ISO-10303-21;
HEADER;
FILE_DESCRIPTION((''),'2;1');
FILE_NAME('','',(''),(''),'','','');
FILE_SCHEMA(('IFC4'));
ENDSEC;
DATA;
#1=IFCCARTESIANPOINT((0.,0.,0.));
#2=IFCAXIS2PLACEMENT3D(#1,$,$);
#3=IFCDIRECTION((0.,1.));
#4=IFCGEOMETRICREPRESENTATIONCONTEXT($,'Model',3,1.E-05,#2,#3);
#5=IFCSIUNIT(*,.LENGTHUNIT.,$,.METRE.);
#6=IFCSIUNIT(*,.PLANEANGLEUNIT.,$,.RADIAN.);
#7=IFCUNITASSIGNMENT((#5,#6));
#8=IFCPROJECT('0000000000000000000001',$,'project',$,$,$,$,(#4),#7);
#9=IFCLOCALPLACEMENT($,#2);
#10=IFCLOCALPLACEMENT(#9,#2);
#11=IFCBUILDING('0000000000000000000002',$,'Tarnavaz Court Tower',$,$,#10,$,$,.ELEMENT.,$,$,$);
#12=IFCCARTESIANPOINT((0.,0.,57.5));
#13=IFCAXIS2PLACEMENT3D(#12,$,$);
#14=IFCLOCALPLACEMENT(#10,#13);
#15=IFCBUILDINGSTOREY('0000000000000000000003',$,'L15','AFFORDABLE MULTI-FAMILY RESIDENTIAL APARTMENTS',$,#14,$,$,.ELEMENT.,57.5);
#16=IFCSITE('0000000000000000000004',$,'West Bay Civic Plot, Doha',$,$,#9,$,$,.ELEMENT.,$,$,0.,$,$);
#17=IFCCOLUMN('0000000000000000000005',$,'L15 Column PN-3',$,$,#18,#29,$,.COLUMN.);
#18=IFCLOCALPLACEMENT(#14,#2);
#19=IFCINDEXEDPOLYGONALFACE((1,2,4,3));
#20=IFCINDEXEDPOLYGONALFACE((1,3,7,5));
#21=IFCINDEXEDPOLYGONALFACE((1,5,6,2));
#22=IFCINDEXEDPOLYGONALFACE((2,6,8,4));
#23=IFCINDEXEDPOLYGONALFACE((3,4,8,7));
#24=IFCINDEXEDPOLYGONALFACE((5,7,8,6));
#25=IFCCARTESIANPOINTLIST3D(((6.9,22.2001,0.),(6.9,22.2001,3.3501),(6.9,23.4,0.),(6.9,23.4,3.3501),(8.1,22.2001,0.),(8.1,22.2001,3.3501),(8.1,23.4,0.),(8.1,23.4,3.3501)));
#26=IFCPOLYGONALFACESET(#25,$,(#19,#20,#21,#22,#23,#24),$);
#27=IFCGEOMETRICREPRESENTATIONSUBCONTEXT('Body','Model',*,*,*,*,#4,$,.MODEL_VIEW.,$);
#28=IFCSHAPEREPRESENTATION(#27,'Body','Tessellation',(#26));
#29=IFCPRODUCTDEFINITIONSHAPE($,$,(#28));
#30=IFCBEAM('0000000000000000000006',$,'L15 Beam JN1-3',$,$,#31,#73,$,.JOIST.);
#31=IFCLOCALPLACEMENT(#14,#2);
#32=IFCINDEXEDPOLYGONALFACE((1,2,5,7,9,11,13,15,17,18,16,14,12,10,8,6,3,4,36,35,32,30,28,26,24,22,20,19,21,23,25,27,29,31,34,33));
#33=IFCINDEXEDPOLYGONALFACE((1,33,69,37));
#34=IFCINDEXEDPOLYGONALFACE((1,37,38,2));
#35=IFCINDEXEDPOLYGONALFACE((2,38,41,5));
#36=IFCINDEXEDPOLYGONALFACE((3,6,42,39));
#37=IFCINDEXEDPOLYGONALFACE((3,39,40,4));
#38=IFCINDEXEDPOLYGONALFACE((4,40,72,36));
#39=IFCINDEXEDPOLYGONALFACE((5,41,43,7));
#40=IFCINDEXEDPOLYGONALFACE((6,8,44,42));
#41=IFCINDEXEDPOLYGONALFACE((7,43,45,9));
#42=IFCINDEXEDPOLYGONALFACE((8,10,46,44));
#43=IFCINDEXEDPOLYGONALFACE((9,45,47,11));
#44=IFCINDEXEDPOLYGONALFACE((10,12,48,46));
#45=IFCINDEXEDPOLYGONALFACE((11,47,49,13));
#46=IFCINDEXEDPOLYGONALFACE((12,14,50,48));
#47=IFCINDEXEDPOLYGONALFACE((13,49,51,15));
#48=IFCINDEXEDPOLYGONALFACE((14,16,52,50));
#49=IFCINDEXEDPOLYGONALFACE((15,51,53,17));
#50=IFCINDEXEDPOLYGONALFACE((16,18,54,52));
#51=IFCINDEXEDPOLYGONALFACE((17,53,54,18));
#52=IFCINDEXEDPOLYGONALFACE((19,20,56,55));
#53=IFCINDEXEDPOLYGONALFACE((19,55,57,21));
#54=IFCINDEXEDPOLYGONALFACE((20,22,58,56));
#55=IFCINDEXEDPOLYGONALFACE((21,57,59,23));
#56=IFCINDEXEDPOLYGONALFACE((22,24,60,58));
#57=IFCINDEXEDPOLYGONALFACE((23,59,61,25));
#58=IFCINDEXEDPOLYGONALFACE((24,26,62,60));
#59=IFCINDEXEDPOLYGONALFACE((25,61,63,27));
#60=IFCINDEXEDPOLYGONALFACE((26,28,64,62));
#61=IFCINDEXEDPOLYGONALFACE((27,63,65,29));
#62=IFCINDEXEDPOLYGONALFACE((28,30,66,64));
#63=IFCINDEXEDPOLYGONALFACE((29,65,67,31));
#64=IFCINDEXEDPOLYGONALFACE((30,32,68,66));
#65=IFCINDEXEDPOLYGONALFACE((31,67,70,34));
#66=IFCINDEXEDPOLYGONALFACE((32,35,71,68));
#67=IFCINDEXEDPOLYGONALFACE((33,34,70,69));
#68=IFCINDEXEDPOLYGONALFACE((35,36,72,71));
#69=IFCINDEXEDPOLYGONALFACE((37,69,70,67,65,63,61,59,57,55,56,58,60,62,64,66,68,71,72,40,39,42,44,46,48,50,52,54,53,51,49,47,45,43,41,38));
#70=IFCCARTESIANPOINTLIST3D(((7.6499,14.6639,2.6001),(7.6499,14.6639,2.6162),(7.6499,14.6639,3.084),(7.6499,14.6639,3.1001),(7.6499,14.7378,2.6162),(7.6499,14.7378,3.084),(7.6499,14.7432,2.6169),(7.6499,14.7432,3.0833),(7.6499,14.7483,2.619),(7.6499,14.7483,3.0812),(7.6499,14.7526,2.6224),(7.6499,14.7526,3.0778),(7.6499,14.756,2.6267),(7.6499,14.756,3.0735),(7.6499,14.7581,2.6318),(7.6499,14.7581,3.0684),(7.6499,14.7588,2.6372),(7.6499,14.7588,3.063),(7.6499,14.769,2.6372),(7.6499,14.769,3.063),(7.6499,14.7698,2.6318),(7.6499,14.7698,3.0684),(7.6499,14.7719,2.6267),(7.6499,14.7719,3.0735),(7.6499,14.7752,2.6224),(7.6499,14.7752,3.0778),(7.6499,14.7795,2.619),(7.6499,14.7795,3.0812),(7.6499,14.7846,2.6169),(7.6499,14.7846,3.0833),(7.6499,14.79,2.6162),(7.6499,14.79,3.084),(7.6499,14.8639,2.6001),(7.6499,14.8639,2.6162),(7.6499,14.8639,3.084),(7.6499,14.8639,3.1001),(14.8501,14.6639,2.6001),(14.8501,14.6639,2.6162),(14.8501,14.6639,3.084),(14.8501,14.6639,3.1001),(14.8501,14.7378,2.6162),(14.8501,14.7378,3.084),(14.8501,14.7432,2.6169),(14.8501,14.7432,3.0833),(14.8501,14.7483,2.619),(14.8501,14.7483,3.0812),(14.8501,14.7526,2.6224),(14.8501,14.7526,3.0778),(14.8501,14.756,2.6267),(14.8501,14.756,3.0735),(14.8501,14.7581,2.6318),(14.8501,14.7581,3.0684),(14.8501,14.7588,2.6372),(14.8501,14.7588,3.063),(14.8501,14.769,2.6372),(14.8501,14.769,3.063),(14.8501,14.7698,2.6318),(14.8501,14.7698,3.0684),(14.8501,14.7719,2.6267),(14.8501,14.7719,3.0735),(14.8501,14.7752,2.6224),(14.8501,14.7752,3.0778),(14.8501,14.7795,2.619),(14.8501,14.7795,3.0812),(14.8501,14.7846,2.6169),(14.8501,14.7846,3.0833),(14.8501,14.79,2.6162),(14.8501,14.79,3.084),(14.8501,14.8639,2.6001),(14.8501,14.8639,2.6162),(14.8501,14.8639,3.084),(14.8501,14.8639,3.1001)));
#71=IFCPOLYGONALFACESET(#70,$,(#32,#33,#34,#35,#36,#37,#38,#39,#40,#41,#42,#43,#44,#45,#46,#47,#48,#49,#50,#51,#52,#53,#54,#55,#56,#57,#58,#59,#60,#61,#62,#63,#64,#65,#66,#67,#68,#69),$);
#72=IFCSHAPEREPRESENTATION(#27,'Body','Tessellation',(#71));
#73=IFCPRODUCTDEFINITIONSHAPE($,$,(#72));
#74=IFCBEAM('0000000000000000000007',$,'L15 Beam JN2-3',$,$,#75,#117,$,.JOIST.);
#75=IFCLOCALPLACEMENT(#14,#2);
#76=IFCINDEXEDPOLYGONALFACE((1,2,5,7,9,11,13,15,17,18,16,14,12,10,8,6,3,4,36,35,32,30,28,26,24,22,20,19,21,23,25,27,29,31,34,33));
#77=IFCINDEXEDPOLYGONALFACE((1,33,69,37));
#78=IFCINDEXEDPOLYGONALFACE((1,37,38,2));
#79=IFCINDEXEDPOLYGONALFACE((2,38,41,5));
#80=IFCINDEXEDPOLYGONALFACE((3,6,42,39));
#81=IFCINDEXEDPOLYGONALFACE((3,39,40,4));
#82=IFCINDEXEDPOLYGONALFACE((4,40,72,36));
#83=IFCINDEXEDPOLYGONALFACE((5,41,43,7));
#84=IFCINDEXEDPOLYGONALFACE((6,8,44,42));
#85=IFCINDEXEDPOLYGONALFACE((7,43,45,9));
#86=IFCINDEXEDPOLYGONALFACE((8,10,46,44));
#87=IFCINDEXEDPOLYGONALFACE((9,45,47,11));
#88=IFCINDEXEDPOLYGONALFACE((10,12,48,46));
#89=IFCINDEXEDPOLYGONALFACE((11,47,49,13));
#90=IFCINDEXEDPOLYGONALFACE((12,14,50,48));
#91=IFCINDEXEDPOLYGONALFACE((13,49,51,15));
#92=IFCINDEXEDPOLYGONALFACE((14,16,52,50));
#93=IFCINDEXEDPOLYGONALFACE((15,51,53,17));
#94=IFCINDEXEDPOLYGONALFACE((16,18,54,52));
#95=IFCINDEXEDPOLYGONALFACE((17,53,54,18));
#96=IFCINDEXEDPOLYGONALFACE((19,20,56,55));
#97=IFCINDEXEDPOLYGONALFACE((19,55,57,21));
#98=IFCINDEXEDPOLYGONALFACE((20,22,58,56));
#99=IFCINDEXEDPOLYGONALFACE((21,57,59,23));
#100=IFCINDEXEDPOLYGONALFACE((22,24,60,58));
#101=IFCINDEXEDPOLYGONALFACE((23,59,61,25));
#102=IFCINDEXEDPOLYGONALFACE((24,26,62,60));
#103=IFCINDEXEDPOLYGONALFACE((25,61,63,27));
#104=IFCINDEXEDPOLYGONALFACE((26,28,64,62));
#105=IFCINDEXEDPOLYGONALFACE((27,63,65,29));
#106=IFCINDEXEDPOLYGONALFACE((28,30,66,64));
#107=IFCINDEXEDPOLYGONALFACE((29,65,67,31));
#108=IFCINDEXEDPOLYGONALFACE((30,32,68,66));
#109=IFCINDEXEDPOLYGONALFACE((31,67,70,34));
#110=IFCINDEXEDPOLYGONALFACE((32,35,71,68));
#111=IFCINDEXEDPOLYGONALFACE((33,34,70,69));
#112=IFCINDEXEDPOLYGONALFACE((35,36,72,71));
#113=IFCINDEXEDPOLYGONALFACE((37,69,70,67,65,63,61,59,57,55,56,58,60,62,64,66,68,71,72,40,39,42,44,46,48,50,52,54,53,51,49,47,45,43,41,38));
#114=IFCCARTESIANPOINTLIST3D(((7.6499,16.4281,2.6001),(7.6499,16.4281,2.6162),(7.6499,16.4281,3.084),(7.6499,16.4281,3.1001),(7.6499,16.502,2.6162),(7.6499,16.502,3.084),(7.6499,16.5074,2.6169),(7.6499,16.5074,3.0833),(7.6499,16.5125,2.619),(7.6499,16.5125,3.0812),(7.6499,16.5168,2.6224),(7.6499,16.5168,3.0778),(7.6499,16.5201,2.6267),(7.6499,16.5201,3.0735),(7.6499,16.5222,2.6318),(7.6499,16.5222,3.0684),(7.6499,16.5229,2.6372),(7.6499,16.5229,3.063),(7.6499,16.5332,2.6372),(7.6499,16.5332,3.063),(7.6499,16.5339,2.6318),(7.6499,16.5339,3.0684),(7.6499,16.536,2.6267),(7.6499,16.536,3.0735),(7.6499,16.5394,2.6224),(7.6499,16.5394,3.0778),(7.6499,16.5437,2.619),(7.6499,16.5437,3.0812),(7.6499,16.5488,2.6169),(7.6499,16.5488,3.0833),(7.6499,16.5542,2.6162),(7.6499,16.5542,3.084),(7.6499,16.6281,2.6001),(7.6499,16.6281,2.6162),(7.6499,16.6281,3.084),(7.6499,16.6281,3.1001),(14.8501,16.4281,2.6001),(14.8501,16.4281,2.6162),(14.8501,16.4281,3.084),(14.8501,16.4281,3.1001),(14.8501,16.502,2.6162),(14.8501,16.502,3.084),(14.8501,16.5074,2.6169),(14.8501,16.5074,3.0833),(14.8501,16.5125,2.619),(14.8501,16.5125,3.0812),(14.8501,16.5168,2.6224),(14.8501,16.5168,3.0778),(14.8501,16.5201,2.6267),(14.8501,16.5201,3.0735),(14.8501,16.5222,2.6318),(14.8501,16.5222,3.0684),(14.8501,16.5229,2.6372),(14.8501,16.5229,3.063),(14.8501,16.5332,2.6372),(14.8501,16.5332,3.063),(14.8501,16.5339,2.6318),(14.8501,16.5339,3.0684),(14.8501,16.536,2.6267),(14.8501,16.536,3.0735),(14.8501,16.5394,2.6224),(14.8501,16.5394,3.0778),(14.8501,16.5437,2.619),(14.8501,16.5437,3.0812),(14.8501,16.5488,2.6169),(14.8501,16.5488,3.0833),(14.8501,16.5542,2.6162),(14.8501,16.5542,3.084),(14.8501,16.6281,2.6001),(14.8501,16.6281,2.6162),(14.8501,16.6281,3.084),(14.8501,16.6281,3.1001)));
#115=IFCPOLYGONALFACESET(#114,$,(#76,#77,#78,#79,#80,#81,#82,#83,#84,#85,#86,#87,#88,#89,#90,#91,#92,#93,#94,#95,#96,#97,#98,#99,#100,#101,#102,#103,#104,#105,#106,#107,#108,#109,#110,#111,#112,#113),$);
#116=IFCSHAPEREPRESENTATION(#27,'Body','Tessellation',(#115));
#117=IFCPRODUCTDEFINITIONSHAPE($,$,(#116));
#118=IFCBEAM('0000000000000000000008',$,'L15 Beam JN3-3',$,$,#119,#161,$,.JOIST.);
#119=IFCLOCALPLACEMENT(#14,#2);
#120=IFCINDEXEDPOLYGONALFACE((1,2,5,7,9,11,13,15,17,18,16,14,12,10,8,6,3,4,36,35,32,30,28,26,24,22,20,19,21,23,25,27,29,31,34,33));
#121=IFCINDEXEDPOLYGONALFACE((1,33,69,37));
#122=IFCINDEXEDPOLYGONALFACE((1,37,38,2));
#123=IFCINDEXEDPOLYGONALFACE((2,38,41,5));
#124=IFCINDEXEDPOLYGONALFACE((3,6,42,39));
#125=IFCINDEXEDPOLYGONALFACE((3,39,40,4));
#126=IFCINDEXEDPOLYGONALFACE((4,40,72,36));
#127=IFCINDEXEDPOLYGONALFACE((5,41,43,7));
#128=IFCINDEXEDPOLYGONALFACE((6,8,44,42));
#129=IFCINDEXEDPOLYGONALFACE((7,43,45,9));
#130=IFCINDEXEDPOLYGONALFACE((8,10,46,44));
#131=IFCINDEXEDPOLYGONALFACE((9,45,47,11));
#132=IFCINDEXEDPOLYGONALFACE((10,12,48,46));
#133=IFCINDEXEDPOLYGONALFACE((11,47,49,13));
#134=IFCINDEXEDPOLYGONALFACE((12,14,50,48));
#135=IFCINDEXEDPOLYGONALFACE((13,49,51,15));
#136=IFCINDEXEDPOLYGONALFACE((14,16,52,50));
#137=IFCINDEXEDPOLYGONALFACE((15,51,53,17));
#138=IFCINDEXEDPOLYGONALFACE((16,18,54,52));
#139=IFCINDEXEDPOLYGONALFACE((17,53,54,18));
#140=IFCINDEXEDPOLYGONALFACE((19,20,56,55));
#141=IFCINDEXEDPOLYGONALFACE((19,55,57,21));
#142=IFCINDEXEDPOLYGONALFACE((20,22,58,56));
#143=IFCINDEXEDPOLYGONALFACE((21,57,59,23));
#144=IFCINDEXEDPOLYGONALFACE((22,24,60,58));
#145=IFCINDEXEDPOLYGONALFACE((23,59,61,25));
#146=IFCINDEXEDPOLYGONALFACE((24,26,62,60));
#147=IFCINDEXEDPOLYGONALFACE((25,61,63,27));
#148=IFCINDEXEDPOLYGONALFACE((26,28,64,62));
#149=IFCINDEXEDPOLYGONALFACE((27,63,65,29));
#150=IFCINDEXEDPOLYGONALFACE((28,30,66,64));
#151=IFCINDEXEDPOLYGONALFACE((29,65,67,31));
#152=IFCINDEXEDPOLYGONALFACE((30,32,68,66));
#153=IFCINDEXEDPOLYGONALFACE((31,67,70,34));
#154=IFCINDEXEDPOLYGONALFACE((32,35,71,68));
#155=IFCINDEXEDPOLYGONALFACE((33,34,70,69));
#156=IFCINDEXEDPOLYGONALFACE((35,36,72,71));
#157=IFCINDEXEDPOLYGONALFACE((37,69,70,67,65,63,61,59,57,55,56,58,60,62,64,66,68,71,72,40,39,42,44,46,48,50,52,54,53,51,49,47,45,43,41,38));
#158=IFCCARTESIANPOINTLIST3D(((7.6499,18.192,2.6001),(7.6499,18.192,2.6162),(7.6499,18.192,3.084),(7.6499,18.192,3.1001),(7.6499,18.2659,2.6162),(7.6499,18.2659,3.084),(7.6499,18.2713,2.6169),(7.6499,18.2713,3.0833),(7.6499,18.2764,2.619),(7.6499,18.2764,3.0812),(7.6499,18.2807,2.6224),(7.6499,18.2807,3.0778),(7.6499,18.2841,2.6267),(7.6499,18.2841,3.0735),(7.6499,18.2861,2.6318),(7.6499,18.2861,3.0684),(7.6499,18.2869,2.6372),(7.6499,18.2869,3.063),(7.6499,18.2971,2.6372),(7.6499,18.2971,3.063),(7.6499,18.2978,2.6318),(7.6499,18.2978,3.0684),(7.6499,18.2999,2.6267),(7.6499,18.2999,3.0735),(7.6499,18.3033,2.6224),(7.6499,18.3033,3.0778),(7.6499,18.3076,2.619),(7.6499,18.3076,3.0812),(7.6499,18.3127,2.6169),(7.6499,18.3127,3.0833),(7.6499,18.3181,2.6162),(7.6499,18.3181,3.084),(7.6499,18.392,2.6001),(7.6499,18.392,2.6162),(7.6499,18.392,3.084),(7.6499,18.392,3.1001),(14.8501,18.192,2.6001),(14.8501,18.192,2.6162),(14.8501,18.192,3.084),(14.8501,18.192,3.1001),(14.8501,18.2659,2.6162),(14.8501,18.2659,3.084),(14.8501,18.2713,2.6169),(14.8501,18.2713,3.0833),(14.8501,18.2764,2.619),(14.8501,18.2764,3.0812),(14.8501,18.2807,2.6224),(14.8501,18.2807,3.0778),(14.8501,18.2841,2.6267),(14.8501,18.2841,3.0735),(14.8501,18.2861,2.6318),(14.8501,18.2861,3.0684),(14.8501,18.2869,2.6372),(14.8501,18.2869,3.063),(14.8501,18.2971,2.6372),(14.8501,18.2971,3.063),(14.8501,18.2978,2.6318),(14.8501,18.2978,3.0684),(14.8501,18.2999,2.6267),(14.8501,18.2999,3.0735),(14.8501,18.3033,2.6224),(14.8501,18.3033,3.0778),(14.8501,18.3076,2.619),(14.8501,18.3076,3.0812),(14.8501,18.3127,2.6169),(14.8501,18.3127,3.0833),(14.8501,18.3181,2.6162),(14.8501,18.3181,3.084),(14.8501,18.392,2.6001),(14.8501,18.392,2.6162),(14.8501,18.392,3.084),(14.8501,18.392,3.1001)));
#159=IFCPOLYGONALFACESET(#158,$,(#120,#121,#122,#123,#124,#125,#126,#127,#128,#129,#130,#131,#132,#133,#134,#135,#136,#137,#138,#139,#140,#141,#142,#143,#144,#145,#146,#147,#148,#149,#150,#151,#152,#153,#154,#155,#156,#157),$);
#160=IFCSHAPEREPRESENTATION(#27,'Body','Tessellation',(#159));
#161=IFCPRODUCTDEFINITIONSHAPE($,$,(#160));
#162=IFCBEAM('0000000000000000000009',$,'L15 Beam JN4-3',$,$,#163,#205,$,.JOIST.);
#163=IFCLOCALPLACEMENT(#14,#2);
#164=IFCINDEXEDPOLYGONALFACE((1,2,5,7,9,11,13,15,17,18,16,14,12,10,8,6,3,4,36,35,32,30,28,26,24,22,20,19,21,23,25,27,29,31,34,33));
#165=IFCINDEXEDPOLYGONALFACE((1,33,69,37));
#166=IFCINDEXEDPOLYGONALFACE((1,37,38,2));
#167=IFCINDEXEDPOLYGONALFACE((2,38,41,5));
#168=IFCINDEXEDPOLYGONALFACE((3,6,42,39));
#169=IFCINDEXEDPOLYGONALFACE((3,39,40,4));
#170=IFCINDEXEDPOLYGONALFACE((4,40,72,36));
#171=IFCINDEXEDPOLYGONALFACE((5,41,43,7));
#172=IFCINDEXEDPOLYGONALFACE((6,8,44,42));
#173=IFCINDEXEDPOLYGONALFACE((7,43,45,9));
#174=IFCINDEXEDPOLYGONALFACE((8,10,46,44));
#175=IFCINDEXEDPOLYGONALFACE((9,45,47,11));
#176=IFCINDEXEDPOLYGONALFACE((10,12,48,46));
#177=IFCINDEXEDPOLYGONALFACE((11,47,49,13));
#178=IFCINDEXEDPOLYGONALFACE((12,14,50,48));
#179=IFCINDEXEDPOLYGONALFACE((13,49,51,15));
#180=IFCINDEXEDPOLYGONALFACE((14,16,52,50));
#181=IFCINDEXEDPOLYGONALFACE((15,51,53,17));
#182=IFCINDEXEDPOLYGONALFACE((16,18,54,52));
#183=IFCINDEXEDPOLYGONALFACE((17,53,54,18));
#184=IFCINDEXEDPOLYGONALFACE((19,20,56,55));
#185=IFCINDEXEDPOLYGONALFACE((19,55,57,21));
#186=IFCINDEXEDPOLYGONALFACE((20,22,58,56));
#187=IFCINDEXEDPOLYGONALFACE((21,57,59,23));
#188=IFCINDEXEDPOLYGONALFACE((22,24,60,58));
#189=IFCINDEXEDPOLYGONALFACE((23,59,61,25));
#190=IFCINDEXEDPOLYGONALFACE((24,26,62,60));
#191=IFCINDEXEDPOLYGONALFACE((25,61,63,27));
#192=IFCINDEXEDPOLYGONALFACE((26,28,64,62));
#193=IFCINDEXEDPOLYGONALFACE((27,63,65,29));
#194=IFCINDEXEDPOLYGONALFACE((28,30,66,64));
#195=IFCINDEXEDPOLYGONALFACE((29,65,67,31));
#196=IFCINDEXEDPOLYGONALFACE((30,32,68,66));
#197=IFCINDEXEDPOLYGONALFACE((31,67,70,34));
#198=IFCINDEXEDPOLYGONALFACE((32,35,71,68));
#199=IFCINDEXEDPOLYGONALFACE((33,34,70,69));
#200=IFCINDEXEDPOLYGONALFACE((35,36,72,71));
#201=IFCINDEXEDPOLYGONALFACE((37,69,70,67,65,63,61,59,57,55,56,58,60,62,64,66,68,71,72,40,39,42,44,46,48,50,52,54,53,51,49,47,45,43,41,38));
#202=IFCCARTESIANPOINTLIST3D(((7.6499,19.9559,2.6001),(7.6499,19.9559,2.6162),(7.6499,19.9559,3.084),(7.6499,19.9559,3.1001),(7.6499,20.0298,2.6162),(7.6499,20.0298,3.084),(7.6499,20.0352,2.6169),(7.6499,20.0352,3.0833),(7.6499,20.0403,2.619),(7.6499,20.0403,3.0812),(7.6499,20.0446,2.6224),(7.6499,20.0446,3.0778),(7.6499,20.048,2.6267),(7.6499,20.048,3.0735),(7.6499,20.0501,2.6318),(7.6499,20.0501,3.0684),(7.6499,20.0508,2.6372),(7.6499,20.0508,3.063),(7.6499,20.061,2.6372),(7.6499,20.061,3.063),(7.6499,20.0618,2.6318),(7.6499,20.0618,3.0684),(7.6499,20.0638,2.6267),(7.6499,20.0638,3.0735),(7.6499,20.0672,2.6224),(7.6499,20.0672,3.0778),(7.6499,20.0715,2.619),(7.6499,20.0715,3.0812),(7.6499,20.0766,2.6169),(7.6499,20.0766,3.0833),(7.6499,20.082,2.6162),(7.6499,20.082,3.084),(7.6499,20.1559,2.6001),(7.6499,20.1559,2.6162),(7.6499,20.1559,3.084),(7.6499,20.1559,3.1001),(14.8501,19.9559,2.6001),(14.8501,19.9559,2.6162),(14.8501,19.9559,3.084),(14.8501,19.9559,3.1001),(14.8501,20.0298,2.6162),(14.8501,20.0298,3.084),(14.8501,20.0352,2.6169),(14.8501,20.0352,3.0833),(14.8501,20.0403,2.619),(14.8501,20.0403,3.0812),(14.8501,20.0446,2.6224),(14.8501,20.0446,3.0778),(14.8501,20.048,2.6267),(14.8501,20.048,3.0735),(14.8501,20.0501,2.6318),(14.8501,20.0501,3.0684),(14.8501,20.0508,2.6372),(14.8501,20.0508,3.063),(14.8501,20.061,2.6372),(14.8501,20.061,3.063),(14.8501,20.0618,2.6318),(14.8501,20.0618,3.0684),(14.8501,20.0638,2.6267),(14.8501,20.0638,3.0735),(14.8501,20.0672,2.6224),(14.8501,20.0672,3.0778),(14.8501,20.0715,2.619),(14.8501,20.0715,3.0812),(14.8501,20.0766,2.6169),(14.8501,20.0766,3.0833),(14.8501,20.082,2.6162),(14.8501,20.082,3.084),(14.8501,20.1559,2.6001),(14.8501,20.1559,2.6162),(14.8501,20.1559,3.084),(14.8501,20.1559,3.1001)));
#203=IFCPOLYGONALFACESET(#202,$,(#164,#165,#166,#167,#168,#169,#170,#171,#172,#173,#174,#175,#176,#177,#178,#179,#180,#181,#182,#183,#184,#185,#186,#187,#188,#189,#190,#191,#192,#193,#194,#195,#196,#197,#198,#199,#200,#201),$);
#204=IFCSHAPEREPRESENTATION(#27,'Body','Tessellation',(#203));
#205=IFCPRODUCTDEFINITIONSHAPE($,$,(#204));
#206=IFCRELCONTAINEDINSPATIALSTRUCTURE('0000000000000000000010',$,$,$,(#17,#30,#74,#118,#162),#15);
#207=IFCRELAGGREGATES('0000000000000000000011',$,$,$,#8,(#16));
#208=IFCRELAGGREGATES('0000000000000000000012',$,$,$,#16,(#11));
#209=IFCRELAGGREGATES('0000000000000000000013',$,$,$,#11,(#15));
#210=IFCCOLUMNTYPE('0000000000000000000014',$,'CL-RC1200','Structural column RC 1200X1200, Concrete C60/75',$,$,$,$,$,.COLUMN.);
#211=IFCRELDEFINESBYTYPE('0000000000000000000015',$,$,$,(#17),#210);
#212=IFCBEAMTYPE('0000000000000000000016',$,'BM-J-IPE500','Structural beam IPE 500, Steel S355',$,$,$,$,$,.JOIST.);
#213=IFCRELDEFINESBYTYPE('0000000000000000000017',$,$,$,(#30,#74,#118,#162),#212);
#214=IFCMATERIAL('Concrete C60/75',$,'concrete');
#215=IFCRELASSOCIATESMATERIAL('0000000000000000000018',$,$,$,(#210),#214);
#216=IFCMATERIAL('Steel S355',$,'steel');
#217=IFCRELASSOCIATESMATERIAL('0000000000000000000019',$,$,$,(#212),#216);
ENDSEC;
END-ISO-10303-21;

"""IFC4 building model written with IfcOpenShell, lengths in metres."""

from ifc_helpers import new_model, si_unit, direction, frame, origin, origin_2d, place, context, subcontext, project, spatial, rectangle, i_section, extrude, material, material_profile, profile_set, type_object, element, save


model = new_model("IFC4")

# Units and contexts
model_context = context("Model", 3, precision=1e-05, world=origin(), true_north=direction((0.0, 1.0)))
body_context = subcontext(model_context, "Body", "Model", "MODEL_VIEW")
ifc_project = project(units=[si_unit("LENGTHUNIT", "METRE"), si_unit("PLANEANGLEUNIT", "RADIAN")], contexts=[model_context])

# Site, building, storey
site_placement = place(None, origin())
site = spatial("IfcSite", under=ifc_project, at=site_placement, Name="West Bay Civic Plot, Doha", CompositionType="ELEMENT", RefElevation=0.0)
building_placement = place(site_placement, origin())
building = spatial("IfcBuilding", under=site, at=building_placement, Name="Tarnavaz Court Tower", CompositionType="ELEMENT")
storey_placement = place(building_placement, frame((0.0, 0.0, 57.5)))
storey = spatial("IfcBuildingStorey", under=building, at=storey_placement, Name="L15", Description="AFFORDABLE MULTI-FAMILY RESIDENTIAL APARTMENTS", CompositionType="ELEMENT", Elevation=57.5)

# Column
ifc_material_1 = material(Name="Concrete C60/75", Category="concrete")
ifc_material_profile_1 = material_profile(ifc_material_1, rectangle(XDim=1.2, YDim=1.2, at=origin_2d()), Name="RC 1200X1200")
ifc_profile_set_1 = profile_set([ifc_material_profile_1], Name="Concrete C60/75")
column_type = type_object("IfcColumnType", Name="CL-RC1200", Description="Structural column RC 1200X1200, Concrete C60/75", PredefinedType="COLUMN", material=ifc_profile_set_1)
column_placement = place(storey_placement, frame((7.5, 22.8, 0.0), z_axis=(0.0, 0.0, 1.0), x_axis=(1.0, 0.0, 0.0)))
element("IfcColumn", 1, at=column_placement, inside=storey, type_object=column_type, Name="L15 Column PN-3", PredefinedType="COLUMN", context=body_context, shape_type="SweptSolid", body=[
    extrude(rectangle(XDim=1.2, YDim=1.2, at=origin_2d()), origin(), (0.0, 0.0, 1.0), 3.3501),
])

# Beams
ifc_material_2 = material(Name="Steel S355", Category="steel")
ifc_material_profile_2 = material_profile(ifc_material_2, i_section(OverallWidth=0.2, OverallDepth=0.5, WebThickness=0.0103, FlangeThickness=0.0161, FilletRadius=0.021, at=origin_2d()), Name="IPE 500")
ifc_profile_set_2 = profile_set([ifc_material_profile_2], Name="Steel S355")
beam_type_1 = type_object("IfcBeamType", Name="BM-J-IPE500", Description="Structural beam IPE 500, Steel S355", PredefinedType="JOIST", material=ifc_profile_set_2)
for number, where, z_axis, x_axis, name in (
    (2, (7.6499, 14.7639, 2.8501), (1.0, 0.0, 0.0), (0.0, 1.0, 0.0), "L15 Beam JN1-3"),
    (3, (7.6499, 16.5281, 2.8501), (1.0, 0.0, 0.0), (0.0, 1.0, 0.0), "L15 Beam JN2-3"),
    (4, (7.6499, 18.292, 2.8501), (1.0, 0.0, 0.0), (0.0, 1.0, 0.0), "L15 Beam JN3-3"),
    (5, (7.6499, 20.0559, 2.8501), (1.0, 0.0, 0.0), (0.0, 1.0, 0.0), "L15 Beam JN4-3"),
):
    element("IfcBeam", number, at=place(storey_placement, frame(where, z_axis=z_axis, x_axis=x_axis)), inside=storey, type_object=beam_type_1, Name=name, PredefinedType="JOIST", context=body_context, shape_type="SweptSolid", body=[
        extrude(i_section(OverallWidth=0.2, OverallDepth=0.5, WebThickness=0.0103, FlangeThickness=0.0161, FilletRadius=0.021, at=origin_2d()), origin(), (0.0, 0.0, 1.0), 7.2002),
    ])

save(model, "model.ifc")
